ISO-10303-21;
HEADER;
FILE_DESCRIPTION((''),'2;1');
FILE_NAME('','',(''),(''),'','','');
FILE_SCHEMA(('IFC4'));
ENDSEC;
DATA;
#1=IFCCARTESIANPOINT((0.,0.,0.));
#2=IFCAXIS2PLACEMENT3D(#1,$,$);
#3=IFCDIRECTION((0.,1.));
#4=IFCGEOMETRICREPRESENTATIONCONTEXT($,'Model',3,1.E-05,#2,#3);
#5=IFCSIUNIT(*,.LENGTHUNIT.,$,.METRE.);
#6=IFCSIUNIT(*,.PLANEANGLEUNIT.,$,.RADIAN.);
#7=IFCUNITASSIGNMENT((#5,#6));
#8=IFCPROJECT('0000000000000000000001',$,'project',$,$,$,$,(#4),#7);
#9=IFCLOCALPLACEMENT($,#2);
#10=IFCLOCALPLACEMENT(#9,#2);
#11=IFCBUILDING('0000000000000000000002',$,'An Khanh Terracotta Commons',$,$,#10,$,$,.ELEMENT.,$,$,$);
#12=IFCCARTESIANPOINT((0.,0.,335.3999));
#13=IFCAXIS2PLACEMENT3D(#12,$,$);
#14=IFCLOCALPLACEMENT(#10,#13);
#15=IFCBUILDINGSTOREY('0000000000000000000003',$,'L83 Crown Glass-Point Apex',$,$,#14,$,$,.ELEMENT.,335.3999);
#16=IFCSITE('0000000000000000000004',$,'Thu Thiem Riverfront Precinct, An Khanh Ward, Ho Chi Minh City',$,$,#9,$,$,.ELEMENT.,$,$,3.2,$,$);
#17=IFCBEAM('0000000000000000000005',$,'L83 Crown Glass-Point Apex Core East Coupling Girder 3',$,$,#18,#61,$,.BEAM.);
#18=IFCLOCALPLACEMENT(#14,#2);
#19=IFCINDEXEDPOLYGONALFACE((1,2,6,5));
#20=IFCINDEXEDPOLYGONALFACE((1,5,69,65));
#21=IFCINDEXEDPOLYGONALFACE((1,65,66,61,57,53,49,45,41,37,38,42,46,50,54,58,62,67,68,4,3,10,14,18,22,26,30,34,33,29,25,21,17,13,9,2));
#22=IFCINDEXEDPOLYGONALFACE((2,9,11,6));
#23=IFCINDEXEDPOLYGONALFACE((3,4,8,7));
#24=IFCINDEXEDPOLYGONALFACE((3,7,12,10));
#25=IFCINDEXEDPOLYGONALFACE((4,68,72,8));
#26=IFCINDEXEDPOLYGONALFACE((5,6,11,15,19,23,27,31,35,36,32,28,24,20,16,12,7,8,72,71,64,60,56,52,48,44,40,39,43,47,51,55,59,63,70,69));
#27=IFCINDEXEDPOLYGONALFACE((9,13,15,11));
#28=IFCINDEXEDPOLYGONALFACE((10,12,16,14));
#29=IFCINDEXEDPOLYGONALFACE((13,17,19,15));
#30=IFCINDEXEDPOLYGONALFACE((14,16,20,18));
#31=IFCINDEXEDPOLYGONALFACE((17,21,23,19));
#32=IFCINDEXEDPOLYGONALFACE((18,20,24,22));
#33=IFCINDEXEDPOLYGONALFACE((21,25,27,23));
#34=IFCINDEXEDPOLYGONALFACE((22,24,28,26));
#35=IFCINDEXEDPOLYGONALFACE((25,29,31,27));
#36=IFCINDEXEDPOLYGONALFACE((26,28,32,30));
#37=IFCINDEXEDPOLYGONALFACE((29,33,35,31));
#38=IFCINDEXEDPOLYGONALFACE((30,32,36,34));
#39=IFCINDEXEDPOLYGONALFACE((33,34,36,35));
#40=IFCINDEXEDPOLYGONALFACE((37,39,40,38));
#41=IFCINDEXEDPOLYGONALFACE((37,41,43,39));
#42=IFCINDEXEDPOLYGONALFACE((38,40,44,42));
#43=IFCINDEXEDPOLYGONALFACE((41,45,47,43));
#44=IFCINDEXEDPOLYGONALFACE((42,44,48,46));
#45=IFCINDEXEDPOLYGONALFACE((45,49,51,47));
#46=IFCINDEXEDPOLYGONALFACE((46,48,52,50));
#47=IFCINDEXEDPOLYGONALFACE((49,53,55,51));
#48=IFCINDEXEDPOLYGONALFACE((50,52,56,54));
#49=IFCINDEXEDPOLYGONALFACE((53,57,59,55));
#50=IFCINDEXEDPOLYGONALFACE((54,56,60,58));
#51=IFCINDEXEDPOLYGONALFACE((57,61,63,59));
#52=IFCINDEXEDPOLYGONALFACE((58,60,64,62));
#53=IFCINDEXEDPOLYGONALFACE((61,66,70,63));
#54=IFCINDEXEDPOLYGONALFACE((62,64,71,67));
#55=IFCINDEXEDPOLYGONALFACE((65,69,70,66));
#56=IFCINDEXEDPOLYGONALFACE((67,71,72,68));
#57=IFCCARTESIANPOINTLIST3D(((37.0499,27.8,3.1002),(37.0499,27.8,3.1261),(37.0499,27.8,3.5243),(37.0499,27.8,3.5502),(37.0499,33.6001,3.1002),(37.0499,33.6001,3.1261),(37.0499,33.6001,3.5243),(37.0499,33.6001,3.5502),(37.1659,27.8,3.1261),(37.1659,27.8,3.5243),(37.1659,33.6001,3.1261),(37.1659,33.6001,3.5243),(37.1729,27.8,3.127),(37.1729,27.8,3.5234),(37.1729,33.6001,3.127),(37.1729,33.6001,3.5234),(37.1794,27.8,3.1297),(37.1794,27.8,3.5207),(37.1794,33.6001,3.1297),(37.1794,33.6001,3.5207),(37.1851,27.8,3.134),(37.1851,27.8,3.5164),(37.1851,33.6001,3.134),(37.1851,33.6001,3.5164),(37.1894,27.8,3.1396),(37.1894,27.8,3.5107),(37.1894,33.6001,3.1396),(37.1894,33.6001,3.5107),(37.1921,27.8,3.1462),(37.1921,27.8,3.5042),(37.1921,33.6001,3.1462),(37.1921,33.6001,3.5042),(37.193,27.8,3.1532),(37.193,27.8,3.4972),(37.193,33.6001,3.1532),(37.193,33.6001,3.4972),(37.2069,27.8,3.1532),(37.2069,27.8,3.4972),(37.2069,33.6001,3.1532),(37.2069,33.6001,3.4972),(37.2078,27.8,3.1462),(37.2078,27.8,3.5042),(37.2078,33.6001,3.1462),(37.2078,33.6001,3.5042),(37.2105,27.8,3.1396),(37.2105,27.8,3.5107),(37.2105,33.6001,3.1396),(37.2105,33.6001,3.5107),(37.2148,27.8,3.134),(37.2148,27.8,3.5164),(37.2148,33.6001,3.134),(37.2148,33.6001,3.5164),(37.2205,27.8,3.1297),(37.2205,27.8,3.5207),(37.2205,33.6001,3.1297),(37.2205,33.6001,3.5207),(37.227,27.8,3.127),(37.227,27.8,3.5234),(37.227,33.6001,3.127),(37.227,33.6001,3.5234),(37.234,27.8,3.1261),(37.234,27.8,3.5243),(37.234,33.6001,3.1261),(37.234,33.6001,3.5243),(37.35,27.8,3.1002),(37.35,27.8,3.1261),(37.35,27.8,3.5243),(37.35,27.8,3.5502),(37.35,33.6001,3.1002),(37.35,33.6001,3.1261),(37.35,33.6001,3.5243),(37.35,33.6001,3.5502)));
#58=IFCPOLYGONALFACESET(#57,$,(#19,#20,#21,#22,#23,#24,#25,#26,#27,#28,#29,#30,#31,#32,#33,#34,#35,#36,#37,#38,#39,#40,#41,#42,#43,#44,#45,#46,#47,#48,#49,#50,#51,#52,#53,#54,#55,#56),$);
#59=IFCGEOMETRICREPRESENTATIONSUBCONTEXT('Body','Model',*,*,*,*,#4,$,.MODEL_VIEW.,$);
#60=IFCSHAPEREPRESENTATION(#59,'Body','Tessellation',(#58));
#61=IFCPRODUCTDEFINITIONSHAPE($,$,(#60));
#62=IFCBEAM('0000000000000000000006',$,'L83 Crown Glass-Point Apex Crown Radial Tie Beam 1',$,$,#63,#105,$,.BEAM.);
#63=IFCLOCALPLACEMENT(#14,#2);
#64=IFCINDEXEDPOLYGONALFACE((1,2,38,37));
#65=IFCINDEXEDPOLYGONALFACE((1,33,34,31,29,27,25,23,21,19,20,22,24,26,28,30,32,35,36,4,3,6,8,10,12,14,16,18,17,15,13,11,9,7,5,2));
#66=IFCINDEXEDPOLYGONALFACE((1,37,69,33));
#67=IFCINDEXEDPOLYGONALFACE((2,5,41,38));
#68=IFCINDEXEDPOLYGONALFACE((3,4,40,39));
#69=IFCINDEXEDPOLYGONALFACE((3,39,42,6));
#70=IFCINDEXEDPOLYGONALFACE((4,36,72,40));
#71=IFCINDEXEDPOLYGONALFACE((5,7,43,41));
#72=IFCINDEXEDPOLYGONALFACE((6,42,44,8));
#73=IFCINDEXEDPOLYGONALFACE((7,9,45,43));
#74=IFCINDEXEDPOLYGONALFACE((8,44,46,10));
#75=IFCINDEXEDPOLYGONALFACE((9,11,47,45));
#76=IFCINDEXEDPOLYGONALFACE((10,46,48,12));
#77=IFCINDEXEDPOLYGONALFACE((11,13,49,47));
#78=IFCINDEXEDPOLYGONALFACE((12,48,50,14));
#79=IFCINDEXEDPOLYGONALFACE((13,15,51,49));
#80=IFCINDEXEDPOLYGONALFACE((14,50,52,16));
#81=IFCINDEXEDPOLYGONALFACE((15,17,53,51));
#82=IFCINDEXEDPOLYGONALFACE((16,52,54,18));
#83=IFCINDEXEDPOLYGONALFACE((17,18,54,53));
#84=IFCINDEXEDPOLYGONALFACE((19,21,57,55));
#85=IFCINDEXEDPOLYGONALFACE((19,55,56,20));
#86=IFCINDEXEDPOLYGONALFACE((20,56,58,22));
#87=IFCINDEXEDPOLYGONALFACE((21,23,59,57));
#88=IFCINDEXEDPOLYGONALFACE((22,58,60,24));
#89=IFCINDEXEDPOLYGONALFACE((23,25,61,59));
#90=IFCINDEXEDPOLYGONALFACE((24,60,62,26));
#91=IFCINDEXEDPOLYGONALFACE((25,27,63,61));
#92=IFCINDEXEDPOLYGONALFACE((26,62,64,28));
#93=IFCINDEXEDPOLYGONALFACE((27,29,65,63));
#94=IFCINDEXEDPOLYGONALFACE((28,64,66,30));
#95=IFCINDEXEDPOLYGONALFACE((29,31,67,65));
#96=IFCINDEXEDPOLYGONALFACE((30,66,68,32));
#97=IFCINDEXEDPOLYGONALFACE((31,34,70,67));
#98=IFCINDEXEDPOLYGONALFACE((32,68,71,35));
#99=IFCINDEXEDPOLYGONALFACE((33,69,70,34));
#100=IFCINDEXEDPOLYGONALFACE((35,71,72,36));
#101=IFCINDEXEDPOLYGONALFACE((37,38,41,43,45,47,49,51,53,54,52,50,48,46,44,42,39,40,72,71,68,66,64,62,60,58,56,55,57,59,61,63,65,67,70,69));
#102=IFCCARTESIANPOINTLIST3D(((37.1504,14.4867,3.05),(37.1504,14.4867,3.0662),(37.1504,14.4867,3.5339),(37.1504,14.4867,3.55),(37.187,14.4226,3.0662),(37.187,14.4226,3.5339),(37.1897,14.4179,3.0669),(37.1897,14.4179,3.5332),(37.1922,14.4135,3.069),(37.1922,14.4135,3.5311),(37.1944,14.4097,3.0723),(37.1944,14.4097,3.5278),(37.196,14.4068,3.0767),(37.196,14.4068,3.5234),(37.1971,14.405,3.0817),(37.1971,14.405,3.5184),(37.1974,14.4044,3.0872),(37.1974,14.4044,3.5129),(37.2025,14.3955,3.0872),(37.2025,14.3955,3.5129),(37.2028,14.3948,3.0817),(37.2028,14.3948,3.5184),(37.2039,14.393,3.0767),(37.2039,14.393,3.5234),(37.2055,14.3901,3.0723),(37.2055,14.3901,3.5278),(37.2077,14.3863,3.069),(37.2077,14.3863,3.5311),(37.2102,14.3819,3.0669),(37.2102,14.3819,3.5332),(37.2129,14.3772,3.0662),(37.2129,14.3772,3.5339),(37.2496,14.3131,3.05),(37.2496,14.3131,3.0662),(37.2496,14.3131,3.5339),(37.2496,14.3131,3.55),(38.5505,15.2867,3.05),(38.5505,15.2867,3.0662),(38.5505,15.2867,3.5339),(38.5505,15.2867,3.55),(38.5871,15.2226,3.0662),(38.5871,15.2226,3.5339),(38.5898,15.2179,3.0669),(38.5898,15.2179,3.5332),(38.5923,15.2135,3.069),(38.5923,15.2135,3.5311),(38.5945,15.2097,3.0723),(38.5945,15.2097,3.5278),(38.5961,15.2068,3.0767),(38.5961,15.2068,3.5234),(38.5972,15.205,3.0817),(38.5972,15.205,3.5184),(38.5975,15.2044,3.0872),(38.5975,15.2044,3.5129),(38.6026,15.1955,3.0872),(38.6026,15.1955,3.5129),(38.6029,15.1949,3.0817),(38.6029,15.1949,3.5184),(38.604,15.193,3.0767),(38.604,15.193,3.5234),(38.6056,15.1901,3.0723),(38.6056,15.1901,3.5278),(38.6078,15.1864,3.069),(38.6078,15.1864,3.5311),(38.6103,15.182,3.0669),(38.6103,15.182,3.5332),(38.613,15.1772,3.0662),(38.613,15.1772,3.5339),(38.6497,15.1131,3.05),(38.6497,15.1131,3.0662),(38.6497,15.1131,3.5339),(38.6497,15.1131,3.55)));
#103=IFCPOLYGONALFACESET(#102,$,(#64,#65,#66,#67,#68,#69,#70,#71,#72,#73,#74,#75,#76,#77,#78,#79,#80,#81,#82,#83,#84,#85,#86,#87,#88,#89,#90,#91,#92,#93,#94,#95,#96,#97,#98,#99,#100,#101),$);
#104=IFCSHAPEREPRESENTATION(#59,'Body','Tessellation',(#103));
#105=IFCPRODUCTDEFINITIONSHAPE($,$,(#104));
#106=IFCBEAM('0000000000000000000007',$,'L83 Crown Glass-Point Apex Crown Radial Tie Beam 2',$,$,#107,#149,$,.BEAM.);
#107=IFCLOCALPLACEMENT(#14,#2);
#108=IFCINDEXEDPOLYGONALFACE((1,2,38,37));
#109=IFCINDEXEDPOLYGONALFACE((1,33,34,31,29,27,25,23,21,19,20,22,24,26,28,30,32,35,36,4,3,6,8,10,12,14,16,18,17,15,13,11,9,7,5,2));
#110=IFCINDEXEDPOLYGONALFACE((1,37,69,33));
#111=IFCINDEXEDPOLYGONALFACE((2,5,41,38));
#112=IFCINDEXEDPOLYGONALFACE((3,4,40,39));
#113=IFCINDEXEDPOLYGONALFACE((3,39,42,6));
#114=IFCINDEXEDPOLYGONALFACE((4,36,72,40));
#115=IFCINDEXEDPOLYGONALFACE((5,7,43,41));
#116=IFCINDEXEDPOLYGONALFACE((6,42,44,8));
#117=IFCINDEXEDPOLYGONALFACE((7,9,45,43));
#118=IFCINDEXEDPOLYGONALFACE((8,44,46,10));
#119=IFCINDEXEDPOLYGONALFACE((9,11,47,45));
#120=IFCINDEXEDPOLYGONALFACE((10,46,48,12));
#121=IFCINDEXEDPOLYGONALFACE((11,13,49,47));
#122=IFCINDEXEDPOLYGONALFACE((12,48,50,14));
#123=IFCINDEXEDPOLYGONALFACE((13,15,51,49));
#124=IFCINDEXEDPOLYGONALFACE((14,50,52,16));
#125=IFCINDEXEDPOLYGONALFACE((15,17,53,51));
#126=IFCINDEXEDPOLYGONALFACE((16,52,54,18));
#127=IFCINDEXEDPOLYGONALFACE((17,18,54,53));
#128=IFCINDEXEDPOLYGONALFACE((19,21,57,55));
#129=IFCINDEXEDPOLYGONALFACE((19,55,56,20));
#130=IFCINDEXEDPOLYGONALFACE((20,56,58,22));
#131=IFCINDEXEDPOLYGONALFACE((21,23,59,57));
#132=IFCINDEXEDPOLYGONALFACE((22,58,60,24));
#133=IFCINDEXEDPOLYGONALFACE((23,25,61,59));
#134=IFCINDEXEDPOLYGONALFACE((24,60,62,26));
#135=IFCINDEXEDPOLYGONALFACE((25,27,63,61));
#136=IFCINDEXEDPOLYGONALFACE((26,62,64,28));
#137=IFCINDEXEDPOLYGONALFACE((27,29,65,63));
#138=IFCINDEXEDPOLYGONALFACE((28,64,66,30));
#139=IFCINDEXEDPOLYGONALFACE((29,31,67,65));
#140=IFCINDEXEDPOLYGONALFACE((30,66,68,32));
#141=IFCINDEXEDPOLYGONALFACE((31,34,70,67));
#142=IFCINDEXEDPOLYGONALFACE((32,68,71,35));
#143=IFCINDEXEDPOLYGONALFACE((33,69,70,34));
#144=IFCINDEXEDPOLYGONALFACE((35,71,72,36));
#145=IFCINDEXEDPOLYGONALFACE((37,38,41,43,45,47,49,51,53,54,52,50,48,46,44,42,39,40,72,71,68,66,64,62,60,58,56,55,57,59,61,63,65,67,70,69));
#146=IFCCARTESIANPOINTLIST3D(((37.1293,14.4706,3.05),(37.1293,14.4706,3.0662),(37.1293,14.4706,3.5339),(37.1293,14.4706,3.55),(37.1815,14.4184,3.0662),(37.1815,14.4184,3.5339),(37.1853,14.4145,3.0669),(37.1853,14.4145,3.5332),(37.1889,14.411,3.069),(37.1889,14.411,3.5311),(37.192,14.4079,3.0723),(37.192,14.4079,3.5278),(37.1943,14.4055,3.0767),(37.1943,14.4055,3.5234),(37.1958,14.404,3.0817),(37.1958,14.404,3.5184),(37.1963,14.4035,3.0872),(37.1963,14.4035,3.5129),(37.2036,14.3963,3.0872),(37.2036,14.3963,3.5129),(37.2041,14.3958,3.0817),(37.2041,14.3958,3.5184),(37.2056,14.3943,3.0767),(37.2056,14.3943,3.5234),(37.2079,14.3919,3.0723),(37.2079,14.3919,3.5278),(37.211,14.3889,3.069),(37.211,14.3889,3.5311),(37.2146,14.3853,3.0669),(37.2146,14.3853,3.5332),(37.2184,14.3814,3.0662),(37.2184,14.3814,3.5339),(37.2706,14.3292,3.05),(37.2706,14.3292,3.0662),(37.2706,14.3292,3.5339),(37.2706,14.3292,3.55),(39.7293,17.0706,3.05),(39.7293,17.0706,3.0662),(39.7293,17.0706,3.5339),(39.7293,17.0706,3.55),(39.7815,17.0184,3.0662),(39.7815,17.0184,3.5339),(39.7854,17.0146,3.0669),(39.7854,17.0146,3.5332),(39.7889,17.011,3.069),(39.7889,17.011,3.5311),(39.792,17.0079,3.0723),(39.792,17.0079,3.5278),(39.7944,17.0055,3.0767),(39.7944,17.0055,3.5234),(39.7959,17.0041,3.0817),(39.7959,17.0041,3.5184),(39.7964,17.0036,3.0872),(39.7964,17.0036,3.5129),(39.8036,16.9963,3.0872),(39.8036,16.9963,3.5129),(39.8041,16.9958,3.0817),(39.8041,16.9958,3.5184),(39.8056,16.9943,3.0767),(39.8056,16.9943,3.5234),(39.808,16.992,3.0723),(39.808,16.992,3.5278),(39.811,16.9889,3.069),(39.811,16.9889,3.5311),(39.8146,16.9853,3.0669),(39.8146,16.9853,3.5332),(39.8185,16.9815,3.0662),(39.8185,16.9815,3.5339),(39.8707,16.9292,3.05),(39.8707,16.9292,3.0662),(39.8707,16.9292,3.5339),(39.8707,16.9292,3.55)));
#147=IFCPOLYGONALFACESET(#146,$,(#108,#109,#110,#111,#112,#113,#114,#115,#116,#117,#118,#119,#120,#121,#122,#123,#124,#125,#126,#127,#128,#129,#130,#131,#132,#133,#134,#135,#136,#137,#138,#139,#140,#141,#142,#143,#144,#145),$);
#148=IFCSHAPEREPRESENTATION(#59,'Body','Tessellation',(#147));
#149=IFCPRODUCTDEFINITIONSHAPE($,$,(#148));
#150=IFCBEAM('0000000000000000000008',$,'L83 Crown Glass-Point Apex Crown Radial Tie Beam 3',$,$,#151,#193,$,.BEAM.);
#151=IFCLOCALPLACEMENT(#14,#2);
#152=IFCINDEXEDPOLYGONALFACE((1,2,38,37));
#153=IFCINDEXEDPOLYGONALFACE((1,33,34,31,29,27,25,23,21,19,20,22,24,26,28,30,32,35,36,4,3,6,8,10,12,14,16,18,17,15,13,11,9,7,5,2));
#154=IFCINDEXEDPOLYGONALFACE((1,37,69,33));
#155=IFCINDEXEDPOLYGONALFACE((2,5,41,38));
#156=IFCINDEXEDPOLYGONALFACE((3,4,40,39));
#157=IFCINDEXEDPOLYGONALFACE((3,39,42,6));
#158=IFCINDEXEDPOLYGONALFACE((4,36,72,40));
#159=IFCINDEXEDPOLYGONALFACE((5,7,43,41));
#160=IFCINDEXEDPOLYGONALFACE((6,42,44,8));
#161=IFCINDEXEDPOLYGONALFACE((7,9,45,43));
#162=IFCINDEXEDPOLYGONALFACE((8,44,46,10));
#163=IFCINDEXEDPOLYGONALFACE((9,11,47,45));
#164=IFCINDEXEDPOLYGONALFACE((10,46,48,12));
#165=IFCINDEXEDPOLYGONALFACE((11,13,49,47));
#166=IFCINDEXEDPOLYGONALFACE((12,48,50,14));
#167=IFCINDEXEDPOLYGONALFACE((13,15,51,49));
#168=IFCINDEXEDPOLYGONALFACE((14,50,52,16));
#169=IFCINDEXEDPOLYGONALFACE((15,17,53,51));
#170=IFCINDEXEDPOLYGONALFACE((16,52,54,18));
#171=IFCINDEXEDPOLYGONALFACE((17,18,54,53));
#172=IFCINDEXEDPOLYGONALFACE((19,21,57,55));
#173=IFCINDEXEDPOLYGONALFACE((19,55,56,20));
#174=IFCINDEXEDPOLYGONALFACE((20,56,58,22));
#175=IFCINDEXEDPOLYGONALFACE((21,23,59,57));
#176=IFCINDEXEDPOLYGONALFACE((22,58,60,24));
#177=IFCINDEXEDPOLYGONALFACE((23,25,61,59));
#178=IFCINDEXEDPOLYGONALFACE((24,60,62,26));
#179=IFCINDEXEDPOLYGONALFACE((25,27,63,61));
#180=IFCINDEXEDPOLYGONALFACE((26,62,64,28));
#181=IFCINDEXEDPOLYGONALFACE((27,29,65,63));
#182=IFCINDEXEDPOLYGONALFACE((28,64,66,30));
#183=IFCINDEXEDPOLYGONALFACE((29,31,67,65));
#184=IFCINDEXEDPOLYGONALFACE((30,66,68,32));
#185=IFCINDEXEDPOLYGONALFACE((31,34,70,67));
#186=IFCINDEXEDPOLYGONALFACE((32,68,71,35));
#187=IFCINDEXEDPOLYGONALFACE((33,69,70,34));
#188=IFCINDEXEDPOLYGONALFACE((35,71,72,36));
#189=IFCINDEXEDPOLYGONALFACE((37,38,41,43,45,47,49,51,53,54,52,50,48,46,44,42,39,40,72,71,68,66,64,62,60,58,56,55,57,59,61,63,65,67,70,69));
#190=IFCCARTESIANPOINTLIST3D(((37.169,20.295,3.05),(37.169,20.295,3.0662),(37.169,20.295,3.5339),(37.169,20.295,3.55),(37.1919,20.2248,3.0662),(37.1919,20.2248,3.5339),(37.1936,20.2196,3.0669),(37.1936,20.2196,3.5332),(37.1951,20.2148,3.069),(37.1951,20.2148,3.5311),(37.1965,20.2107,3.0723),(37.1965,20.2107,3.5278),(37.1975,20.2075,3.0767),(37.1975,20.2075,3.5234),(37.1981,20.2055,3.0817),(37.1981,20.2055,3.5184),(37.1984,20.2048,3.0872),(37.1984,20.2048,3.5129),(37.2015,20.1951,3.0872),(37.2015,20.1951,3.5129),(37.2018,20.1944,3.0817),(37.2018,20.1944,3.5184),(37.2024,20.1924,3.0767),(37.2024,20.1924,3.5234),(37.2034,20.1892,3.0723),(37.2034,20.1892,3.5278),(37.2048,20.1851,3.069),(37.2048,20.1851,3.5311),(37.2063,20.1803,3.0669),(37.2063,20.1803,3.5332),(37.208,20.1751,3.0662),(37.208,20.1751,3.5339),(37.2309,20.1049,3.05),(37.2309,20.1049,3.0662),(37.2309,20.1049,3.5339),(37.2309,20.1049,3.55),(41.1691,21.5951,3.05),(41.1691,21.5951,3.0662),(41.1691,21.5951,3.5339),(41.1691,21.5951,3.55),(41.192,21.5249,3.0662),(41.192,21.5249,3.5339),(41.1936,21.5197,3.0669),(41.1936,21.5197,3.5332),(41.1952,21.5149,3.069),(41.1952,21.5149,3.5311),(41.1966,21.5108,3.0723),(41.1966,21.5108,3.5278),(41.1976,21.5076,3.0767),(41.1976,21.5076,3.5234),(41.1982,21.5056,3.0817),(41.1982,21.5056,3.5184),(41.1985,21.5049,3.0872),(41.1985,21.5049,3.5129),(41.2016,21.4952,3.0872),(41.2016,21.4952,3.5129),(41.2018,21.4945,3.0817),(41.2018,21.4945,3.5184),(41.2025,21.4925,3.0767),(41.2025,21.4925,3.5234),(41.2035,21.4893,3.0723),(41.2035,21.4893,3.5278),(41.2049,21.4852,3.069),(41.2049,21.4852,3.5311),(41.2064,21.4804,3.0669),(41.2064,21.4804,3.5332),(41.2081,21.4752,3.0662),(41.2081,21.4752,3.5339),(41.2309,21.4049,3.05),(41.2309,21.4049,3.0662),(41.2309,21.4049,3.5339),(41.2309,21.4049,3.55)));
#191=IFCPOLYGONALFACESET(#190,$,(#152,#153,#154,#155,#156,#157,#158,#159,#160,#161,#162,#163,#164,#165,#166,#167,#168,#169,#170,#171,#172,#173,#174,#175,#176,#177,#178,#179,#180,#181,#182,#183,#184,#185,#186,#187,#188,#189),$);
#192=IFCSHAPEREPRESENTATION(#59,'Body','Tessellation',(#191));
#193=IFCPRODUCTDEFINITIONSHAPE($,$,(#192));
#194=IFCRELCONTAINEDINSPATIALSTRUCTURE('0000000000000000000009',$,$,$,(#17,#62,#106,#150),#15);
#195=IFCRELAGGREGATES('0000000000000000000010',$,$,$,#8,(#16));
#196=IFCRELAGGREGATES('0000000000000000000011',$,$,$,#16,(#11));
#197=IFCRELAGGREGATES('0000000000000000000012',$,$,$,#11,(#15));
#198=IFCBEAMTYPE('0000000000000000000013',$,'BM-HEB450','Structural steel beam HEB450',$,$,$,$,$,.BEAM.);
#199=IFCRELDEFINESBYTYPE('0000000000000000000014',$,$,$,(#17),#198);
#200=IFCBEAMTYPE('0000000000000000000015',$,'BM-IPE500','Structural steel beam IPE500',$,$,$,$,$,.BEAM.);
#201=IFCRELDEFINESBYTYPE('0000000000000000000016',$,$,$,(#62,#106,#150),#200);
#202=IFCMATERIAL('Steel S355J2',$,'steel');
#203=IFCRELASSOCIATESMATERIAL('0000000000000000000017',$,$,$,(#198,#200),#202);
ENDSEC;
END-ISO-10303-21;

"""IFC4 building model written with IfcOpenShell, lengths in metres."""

from ifc_helpers import new_model, si_unit, direction, frame, origin, origin_2d, place, context, subcontext, project, spatial, i_section, extrude, material, material_profile, profile_set, type_object, element, save


model = new_model("IFC4")

# Units and contexts
model_context = context("Model", 3, precision=1e-05, world=origin(), true_north=direction((0.0, 1.0)))
body_context = subcontext(model_context, "Body", "Model", "MODEL_VIEW")
ifc_project = project(units=[si_unit("LENGTHUNIT", "METRE"), si_unit("PLANEANGLEUNIT", "RADIAN")], contexts=[model_context])

# Site, building, storey
site_placement = place(None, origin())
site = spatial("IfcSite", under=ifc_project, at=site_placement, Name="Thu Thiem Riverfront Precinct, An Khanh Ward, Ho Chi Minh City", CompositionType="ELEMENT", RefElevation=3.2)
building_placement = place(site_placement, origin())
building = spatial("IfcBuilding", under=site, at=building_placement, Name="An Khanh Terracotta Commons", CompositionType="ELEMENT")
storey_placement = place(building_placement, frame((0.0, 0.0, 335.3999)))
storey = spatial("IfcBuildingStorey", under=building, at=storey_placement, Name="L83 Crown Glass-Point Apex", CompositionType="ELEMENT", Elevation=335.3999)

# Beams
ifc_material_1 = material(Name="Steel S355J2", Category="steel")
ifc_material_profile_1 = material_profile(ifc_material_1, i_section(OverallWidth=0.3, OverallDepth=0.45, WebThickness=0.0139, FlangeThickness=0.0259, FilletRadius=0.0271, at=origin_2d()), Name="HEB450")
ifc_profile_set_1 = profile_set([ifc_material_profile_1], Name="Steel S355J2")
beam_type_1 = type_object("IfcBeamType", Name="BM-HEB450", Description="Structural steel beam HEB450", PredefinedType="BEAM", material=ifc_profile_set_1)
beam_1_placement = place(storey_placement, frame((37.2, 27.8, 3.3252), z_axis=(0.0, 1.0, 0.0), x_axis=(-1.0, 0.0, 0.0)))
element("IfcBeam", 1, at=beam_1_placement, inside=storey, type_object=beam_type_1, Name="L83 Crown Glass-Point Apex Core East Coupling Girder 3", PredefinedType="BEAM", context=body_context, shape_type="SweptSolid", body=[
    extrude(i_section(OverallWidth=0.3, OverallDepth=0.45, WebThickness=0.0139, FlangeThickness=0.0259, FilletRadius=0.0271, at=origin_2d()), origin(), (0.0, 0.0, 1.0), 5.8),
])
ifc_material_profile_2 = material_profile(ifc_material_1, i_section(OverallWidth=0.2, OverallDepth=0.5, WebThickness=0.0103, FlangeThickness=0.0161, FilletRadius=0.021, at=origin_2d()), Name="IPE500")
ifc_profile_set_2 = profile_set([ifc_material_profile_2], Name="Steel S355J2")
beam_type_2 = type_object("IfcBeamType", Name="BM-IPE500", Description="Structural steel beam IPE500", PredefinedType="BEAM", material=ifc_profile_set_2)
beam_2_placement = place(storey_placement, frame((37.2, 14.3999, 3.3), z_axis=(0.868252, 0.496123, 0.0), x_axis=(-0.496123, 0.868252, 0.0)))
element("IfcBeam", 2, at=beam_2_placement, inside=storey, type_object=beam_type_2, Name="L83 Crown Glass-Point Apex Crown Radial Tie Beam 1", PredefinedType="BEAM", context=body_context, shape_type="SweptSolid", body=[
    extrude(i_section(OverallWidth=0.2, OverallDepth=0.5, WebThickness=0.0103, FlangeThickness=0.0161, FilletRadius=0.021, at=origin_2d()), origin(), (0.0, 0.0, 1.0), 1.6125),
])
beam_3_placement = place(storey_placement, frame((37.2, 14.3999, 3.3), z_axis=(0.707107, 0.707107, 0.0), x_axis=(-0.707107, 0.707107, 0.0)))
element("IfcBeam", 3, at=beam_3_placement, inside=storey, type_object=beam_type_2, Name="L83 Crown Glass-Point Apex Crown Radial Tie Beam 2", PredefinedType="BEAM", context=body_context, shape_type="SweptSolid", body=[
    extrude(i_section(OverallWidth=0.2, OverallDepth=0.5, WebThickness=0.0103, FlangeThickness=0.0161, FilletRadius=0.021, at=origin_2d()), origin(), (0.0, 0.0, 1.0), 3.677),
])
for number, where, z_axis, x_axis, name in (
    (4, (37.2, 20.2, 3.3), (0.951031, 0.309097, 0.0), (-0.309097, 0.951031, 0.0), "L83 Crown Glass-Point Apex Crown Radial Tie Beam 3"),
):
    element("IfcBeam", number, at=place(storey_placement, frame(where, z_axis=z_axis, x_axis=x_axis)), inside=storey, type_object=beam_type_2, Name=name, PredefinedType="BEAM", context=body_context, shape_type="SweptSolid", body=[
        extrude(i_section(OverallWidth=0.2, OverallDepth=0.5, WebThickness=0.0103, FlangeThickness=0.0161, FilletRadius=0.021, at=origin_2d()), origin(), (0.0, 0.0, 1.0), 4.2061),
    ])

save(model, "model.ifc")
